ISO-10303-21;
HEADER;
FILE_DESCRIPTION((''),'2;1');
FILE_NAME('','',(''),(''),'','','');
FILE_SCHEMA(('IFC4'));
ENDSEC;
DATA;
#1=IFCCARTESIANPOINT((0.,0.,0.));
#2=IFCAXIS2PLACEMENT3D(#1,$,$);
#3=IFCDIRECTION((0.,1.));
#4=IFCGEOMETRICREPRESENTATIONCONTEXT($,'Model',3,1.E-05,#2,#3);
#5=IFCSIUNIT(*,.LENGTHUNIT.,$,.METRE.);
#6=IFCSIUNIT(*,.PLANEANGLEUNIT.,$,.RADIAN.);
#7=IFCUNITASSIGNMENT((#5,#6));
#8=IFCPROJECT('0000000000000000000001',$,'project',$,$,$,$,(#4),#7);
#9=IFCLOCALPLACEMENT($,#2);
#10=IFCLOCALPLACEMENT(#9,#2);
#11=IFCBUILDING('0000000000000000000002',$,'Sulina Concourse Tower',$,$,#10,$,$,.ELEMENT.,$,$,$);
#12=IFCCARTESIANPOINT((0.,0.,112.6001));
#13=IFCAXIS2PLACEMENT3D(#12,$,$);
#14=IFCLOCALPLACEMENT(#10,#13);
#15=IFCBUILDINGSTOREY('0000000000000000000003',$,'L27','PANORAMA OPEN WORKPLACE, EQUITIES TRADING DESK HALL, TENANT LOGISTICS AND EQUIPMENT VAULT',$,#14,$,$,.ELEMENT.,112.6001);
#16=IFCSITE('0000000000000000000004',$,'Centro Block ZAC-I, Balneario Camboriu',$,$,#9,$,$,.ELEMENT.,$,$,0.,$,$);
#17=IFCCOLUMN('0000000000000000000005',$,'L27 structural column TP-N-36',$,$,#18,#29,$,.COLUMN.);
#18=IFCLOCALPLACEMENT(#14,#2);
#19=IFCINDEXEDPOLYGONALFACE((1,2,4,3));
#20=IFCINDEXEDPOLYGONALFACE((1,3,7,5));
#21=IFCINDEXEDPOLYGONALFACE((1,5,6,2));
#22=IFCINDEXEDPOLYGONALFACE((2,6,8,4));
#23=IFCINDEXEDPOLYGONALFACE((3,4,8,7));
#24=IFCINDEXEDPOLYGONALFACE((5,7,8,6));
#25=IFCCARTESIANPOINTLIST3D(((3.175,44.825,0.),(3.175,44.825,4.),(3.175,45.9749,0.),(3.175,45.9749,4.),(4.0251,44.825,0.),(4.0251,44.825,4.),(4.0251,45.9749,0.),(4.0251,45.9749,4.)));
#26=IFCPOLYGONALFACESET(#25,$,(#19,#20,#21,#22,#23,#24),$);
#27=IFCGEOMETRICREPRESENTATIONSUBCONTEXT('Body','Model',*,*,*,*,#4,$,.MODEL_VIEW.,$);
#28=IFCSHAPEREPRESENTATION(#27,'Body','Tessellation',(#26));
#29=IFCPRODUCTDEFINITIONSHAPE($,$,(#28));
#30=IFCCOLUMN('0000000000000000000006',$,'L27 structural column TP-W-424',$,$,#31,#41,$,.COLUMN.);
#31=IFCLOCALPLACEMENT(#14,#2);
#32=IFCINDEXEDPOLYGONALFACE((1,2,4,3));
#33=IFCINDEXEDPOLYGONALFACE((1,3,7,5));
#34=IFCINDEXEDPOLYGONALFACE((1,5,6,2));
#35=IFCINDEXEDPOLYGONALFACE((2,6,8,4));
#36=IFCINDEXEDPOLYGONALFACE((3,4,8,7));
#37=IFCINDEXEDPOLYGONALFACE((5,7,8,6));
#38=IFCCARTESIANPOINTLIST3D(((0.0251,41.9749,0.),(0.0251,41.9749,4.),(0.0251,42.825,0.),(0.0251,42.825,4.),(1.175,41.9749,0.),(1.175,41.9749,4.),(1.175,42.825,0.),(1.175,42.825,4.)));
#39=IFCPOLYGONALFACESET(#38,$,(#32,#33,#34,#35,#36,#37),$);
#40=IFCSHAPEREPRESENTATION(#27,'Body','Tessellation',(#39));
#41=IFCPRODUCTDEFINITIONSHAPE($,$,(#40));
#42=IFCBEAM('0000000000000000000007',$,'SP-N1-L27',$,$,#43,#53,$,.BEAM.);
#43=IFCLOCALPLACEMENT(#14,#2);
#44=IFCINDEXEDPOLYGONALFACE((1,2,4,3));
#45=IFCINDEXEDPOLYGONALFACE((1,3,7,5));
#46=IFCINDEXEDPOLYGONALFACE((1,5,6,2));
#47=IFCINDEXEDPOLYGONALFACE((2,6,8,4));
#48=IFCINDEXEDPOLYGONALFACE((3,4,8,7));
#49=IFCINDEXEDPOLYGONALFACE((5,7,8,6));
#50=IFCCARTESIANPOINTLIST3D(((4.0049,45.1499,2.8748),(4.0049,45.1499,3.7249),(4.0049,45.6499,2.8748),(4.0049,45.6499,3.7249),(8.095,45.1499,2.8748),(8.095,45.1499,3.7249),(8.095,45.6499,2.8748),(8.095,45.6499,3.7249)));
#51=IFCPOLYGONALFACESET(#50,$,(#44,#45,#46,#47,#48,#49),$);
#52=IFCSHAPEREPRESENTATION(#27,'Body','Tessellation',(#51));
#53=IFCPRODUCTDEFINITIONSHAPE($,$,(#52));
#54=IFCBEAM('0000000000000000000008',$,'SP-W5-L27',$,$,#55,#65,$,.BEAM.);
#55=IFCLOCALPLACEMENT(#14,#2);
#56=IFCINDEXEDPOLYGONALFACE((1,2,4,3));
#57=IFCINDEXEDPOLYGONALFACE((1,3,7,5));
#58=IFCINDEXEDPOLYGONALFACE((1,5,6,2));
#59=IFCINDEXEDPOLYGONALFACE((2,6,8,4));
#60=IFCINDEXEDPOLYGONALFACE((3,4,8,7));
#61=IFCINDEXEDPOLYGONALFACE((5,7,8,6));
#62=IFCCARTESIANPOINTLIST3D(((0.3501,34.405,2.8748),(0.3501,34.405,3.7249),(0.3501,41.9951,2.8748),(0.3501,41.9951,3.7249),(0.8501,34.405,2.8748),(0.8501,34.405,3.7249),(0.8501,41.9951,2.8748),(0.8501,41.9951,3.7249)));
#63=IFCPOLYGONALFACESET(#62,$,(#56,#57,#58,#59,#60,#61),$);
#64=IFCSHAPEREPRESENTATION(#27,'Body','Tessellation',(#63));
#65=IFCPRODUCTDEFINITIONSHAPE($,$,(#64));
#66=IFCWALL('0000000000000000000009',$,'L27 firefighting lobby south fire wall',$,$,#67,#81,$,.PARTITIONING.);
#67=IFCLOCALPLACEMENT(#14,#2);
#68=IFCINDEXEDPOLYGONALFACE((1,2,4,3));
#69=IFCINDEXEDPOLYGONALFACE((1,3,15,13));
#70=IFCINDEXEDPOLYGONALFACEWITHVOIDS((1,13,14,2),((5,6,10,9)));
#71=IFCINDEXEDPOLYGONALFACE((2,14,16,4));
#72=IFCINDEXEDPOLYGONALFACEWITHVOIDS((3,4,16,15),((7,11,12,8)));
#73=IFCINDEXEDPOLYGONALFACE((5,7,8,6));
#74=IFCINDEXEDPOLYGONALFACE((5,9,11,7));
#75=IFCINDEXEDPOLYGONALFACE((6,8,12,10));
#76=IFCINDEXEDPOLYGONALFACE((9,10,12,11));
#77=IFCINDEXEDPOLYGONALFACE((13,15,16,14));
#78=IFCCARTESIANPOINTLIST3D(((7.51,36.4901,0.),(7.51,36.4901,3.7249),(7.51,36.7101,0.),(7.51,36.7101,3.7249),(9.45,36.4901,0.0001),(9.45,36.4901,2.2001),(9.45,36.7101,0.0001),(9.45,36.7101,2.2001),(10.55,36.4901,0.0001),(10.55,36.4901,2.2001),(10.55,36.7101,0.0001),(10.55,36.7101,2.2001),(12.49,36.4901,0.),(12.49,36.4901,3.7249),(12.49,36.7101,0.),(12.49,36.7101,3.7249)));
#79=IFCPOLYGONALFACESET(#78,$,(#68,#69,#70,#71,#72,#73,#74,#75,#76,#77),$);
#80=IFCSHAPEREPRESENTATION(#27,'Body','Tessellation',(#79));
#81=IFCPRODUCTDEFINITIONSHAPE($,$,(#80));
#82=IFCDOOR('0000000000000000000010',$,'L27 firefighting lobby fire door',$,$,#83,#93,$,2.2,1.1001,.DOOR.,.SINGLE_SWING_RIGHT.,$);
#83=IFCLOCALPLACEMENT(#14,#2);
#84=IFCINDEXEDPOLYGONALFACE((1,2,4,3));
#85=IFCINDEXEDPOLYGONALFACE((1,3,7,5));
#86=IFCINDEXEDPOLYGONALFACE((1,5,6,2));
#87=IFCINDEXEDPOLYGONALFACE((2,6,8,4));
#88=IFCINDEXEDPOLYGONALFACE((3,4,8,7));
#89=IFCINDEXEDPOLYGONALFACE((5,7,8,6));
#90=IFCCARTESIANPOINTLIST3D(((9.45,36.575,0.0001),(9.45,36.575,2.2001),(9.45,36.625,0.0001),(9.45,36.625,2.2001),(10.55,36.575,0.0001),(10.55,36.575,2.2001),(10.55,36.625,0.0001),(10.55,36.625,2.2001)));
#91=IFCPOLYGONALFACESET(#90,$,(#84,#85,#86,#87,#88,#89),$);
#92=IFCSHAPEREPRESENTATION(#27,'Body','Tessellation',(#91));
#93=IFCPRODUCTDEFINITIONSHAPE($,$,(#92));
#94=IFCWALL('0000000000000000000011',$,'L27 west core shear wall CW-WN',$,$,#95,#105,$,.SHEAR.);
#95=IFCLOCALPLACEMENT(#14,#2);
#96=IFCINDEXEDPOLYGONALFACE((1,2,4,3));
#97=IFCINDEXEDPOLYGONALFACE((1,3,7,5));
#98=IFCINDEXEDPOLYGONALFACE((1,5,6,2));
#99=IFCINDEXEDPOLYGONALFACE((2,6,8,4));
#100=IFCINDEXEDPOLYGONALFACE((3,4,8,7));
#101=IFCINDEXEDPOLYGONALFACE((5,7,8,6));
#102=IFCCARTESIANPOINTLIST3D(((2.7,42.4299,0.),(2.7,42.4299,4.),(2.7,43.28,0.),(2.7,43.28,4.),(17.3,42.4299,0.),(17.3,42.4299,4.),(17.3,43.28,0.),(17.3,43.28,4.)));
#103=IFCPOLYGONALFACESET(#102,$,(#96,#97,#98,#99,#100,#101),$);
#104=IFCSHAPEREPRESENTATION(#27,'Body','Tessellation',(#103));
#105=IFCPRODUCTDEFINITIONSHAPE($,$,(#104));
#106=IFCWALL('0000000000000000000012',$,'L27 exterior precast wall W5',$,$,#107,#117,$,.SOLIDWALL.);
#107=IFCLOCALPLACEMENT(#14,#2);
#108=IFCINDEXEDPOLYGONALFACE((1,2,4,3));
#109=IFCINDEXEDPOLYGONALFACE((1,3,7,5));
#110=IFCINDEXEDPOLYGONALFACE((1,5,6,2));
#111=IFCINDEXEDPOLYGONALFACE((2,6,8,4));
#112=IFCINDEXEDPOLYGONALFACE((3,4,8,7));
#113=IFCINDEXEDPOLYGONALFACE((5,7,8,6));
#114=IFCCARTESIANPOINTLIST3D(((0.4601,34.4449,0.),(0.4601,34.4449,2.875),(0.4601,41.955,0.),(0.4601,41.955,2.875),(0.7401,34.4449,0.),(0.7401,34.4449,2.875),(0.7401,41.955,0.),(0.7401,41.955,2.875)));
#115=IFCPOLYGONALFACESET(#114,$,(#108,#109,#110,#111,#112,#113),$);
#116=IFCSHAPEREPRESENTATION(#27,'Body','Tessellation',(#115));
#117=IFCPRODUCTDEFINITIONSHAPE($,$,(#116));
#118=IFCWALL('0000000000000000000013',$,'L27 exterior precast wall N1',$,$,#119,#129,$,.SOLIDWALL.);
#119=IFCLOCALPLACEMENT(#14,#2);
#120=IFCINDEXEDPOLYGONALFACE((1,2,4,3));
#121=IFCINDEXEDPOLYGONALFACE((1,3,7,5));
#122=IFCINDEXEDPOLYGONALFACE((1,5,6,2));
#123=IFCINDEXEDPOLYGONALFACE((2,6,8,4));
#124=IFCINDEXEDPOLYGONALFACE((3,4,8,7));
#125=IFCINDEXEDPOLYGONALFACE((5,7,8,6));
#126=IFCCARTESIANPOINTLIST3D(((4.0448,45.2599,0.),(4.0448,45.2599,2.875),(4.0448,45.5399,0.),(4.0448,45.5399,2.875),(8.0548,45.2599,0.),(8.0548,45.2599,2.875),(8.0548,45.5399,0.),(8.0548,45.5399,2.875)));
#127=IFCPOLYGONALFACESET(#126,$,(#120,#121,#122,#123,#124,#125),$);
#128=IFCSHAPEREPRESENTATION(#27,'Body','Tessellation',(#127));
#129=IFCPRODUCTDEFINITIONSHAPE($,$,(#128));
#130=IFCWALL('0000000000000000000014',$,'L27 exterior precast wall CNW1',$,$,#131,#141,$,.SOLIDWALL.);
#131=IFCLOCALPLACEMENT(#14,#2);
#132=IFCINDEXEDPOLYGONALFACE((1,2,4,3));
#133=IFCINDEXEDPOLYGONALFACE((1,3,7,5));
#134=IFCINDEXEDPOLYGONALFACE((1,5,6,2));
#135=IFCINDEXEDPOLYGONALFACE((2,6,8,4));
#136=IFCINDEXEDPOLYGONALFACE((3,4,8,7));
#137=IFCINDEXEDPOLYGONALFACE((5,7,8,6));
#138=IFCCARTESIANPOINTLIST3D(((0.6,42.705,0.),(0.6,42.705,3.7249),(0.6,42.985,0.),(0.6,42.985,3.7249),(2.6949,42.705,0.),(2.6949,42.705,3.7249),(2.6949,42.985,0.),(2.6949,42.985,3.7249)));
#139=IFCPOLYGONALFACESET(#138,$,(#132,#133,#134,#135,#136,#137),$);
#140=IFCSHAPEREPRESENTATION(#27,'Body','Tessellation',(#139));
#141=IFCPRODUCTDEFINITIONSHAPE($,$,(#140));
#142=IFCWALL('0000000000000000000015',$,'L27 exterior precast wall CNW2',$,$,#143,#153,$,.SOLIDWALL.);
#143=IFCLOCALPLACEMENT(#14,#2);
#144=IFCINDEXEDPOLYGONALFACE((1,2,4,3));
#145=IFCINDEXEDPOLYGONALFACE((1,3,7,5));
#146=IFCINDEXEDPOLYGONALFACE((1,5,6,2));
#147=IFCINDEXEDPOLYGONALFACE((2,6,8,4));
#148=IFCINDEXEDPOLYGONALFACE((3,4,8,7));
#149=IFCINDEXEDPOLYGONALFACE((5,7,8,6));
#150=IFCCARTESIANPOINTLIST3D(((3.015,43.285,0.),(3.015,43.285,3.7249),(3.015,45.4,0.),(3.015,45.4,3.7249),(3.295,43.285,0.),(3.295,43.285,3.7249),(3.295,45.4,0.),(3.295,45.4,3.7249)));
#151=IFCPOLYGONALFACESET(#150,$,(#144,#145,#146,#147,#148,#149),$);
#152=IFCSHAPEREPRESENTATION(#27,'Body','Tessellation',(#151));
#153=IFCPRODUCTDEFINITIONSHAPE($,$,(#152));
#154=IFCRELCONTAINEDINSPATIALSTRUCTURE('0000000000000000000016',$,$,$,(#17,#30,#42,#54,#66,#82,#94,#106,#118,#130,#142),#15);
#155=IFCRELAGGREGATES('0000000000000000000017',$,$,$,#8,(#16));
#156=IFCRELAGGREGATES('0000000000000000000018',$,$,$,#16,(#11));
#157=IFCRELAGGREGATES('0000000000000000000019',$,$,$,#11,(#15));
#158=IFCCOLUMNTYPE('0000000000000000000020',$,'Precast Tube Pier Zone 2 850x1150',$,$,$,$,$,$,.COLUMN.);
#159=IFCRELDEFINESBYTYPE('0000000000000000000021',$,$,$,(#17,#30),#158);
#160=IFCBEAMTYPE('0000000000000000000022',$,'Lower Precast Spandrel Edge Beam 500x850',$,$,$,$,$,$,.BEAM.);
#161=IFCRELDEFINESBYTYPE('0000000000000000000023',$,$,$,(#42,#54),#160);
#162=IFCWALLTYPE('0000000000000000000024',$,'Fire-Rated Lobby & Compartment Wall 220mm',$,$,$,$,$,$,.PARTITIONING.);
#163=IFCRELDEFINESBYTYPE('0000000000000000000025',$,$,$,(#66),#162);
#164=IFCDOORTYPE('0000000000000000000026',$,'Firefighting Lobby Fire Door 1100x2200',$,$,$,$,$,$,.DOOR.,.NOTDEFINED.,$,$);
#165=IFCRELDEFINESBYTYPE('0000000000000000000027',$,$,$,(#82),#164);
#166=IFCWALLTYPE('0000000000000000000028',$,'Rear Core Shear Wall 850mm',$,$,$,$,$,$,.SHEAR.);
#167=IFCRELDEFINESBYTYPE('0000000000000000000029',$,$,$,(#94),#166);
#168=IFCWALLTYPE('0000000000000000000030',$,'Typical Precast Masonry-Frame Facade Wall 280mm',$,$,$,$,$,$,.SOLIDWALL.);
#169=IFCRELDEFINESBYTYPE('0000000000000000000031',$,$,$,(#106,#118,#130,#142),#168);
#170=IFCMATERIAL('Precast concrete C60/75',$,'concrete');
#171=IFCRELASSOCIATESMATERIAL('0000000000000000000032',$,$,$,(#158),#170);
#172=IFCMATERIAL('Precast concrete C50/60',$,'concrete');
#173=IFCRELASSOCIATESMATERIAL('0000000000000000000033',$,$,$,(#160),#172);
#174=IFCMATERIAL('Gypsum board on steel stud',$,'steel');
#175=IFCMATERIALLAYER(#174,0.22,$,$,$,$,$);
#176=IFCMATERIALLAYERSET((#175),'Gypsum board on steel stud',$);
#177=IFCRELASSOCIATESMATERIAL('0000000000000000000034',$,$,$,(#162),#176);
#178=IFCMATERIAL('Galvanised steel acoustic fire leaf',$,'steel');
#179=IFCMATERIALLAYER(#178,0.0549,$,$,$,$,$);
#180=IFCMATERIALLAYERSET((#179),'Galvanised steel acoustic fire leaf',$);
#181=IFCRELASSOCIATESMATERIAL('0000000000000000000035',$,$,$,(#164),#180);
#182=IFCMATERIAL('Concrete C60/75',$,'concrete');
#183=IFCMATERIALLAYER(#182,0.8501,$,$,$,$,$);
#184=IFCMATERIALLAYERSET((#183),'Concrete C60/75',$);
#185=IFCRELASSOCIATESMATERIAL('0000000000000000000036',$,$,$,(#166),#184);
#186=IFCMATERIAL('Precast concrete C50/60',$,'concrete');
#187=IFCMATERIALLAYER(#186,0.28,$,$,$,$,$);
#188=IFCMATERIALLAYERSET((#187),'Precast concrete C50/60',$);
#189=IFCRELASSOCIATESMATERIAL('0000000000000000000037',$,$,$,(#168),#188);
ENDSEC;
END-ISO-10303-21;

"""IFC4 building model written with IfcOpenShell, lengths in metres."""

from ifc_helpers import new_model, si_unit, direction, frame, frame_2d, origin, origin_2d, place, context, subcontext, project, spatial, rectangle, extrude, material, layer, layer_set, material_profile, profile_set, type_object, element, fill, save


model = new_model("IFC4")

# Units and contexts
model_context = context("Model", 3, precision=1e-05, world=origin(), true_north=direction((0.0, 1.0)))
body_context = subcontext(model_context, "Body", "Model", "MODEL_VIEW")
ifc_project = project(units=[si_unit("LENGTHUNIT", "METRE"), si_unit("PLANEANGLEUNIT", "RADIAN")], contexts=[model_context])

# Site, building, storey
site_placement = place(None, origin())
site = spatial("IfcSite", under=ifc_project, at=site_placement, Name="Centro Block ZAC-I, Balneario Camboriu", CompositionType="ELEMENT", RefElevation=0.0)
building_placement = place(site_placement, origin())
building = spatial("IfcBuilding", under=site, at=building_placement, Name="Sulina Concourse Tower", CompositionType="ELEMENT")
storey_placement = place(building_placement, frame((0.0, 0.0, 112.6001)))
storey = spatial("IfcBuildingStorey", under=building, at=storey_placement, Name="L27", Description="PANORAMA OPEN WORKPLACE, EQUITIES TRADING DESK HALL, TENANT LOGISTICS AND EQUIPMENT VAULT", CompositionType="ELEMENT", Elevation=112.6001)

# Columns
ifc_material_1 = material(Name="Precast concrete C60/75", Category="concrete")
ifc_material_profile_1 = material_profile(ifc_material_1, rectangle(XDim=0.8501, YDim=1.1499, at=origin_2d()), Name="PC 850x1150")
ifc_profile_set_1 = profile_set([ifc_material_profile_1], Name="Precast concrete C60/75")
column_type = type_object("IfcColumnType", Name="Precast Tube Pier Zone 2 850x1150", PredefinedType="COLUMN", material=ifc_profile_set_1)
for number, where, z_axis, x_axis, name in (
    (1, (3.6001, 45.3999, 0.0), (0.0, 0.0, 1.0), (1.0, 0.0, 0.0), "L27 structural column TP-N-36"),
    (2, (0.6001, 42.3999, 0.0), (0.0, 0.0, 1.0), (0.0, 1.0, 0.0), "L27 structural column TP-W-424"),
):
    element("IfcColumn", number, at=place(storey_placement, frame(where, z_axis=z_axis, x_axis=x_axis)), inside=storey, type_object=column_type, Name=name, PredefinedType="COLUMN", context=body_context, shape_type="SweptSolid", body=[
        extrude(rectangle(XDim=0.8501, YDim=1.1499, at=origin_2d()), origin(), (0.0, 0.0, 1.0), 4.0),
    ])

# Beams
ifc_material_2 = material(Name="Precast concrete C50/60", Category="concrete")
ifc_material_profile_2 = material_profile(ifc_material_2, rectangle(XDim=0.5, YDim=0.8501, at=origin_2d()), Name="RC 500x850")
ifc_profile_set_2 = profile_set([ifc_material_profile_2], Name="Precast concrete C50/60")
beam_type = type_object("IfcBeamType", Name="Lower Precast Spandrel Edge Beam 500x850", PredefinedType="BEAM", material=ifc_profile_set_2)
beam_1_placement = place(storey_placement, frame((4.0049, 45.3999, 3.2998), z_axis=(1.0, 0.0, 0.0), x_axis=(0.0, 1.0, 0.0)))
element("IfcBeam", 3, at=beam_1_placement, inside=storey, type_object=beam_type, Name="SP-N1-L27", PredefinedType="BEAM", context=body_context, shape_type="SweptSolid", body=[
    extrude(rectangle(XDim=0.5, YDim=0.8501, at=origin_2d()), origin(), (0.0, 0.0, 1.0), 4.0901),
])
beam_2_placement = place(storey_placement, frame((0.6001, 34.405, 3.2998), z_axis=(0.0, 1.0, 0.0), x_axis=(-1.0, 0.0, 0.0)))
element("IfcBeam", 4, at=beam_2_placement, inside=storey, type_object=beam_type, Name="SP-W5-L27", PredefinedType="BEAM", context=body_context, shape_type="SweptSolid", body=[
    extrude(rectangle(XDim=0.5, YDim=0.8501, at=origin_2d()), origin(), (0.0, 0.0, 1.0), 7.5901),
])

# Wall, opening, door
ifc_material_3 = material(Name="Gypsum board on steel stud", Category="steel")
ifc_layer_1 = layer(ifc_material_3, 0.22)
ifc_layer_set_1 = layer_set([ifc_layer_1], Name="Gypsum board on steel stud")
wall_type_1 = type_object("IfcWallType", Name="Fire-Rated Lobby & Compartment Wall 220mm", PredefinedType="PARTITIONING", material=ifc_layer_set_1)
wall_1_placement = place(storey_placement, frame((7.51, 36.6001, 0.0), z_axis=(0.0, 0.0, 1.0), x_axis=(1.0, 0.0, 0.0)))
wall_1 = element("IfcWall", 5, at=wall_1_placement, inside=storey, type_object=wall_type_1, Name="L27 firefighting lobby south fire wall", PredefinedType="PARTITIONING", context=body_context, shape_type="SweptSolid", body=[
    extrude(rectangle(XDim=4.98, YDim=0.22, at=frame_2d((2.49, 0.0))), origin(), (0.0, 0.0, 1.0), 3.7249),
])
opening_placement = place(wall_1_placement, frame((1.9399, 0.0, 0.0)))
opening = element("IfcOpeningElement", 6, at=opening_placement, cuts=wall_1, PredefinedType="OPENING", context=body_context, shape_type="SweptSolid", body=[
    extrude(rectangle(XDim=1.1001, YDim=2.2, at=frame_2d((0.55, 1.1001))), frame((0.0, 0.1199, 0.0), z_axis=(0.0, -1.0, 0.0), x_axis=(1.0, 0.0, 0.0)), (0.0, 0.0, 1.0), 0.24),
])
ifc_material_4 = material(Name="Galvanised steel acoustic fire leaf", Category="steel")
ifc_layer_2 = layer(ifc_material_4, 0.0549)
ifc_layer_set_2 = layer_set([ifc_layer_2], Name="Galvanised steel acoustic fire leaf")
door_type = type_object("IfcDoorType", Name="Firefighting Lobby Fire Door 1100x2200", OperationType="NOTDEFINED", PredefinedType="DOOR", material=ifc_layer_set_2)
door_placement = place(opening_placement, origin())
door = element("IfcDoor", 7, at=door_placement, inside=storey, type_object=door_type, Name="L27 firefighting lobby fire door", OperationType="SINGLE_SWING_RIGHT", OverallHeight=2.2, OverallWidth=1.1001, PredefinedType="DOOR", context=body_context, shape_type="SweptSolid", body=[
    extrude(rectangle(XDim=1.1001, YDim=2.2, at=frame_2d((0.55, 1.1001))), frame((0.0, 0.0249, 0.0), z_axis=(0.0, -1.0, 0.0), x_axis=(1.0, 0.0, 0.0)), (0.0, 0.0, 1.0), 0.05),
])
fill(opening, door)

# Walls
ifc_material_5 = material(Name="Concrete C60/75", Category="concrete")
ifc_layer_3 = layer(ifc_material_5, 0.8501)
ifc_layer_set_3 = layer_set([ifc_layer_3], Name="Concrete C60/75")
wall_type_2 = type_object("IfcWallType", Name="Rear Core Shear Wall 850mm", PredefinedType="SHEAR", material=ifc_layer_set_3)
wall_2_placement = place(storey_placement, frame((2.7, 42.855, 0.0), z_axis=(0.0, 0.0, 1.0), x_axis=(1.0, 0.0, 0.0)))
element("IfcWall", 8, at=wall_2_placement, inside=storey, type_object=wall_type_2, Name="L27 west core shear wall CW-WN", PredefinedType="SHEAR", context=body_context, shape_type="SweptSolid", body=[
    extrude(rectangle(XDim=14.6001, YDim=0.8501, at=frame_2d((7.3, 0.0))), origin(), (0.0, 0.0, 1.0), 4.0),
])
ifc_material_6 = material(Name="Precast concrete C50/60", Category="concrete")
ifc_layer_4 = layer(ifc_material_6, 0.28)
ifc_layer_set_4 = layer_set([ifc_layer_4], Name="Precast concrete C50/60")
wall_type_3 = type_object("IfcWallType", Name="Typical Precast Masonry-Frame Facade Wall 280mm", PredefinedType="SOLIDWALL", material=ifc_layer_set_4)
wall_3_placement = place(storey_placement, frame((0.6001, 34.4451, 0.0), z_axis=(0.0, 0.0, 1.0), x_axis=(0.0, 1.0, 0.0)))
element("IfcWall", 9, at=wall_3_placement, inside=storey, type_object=wall_type_3, Name="L27 exterior precast wall W5", PredefinedType="SOLIDWALL", context=body_context, shape_type="SweptSolid", body=[
    extrude(rectangle(XDim=7.51, YDim=0.28, at=frame_2d((3.7549, 0.0))), origin(), (0.0, 0.0, 1.0), 2.875),
])
wall_4_placement = place(storey_placement, frame((4.0449, 45.3999, 0.0), z_axis=(0.0, 0.0, 1.0), x_axis=(1.0, 0.0, 0.0)))
element("IfcWall", 10, at=wall_4_placement, inside=storey, type_object=wall_type_3, Name="L27 exterior precast wall N1", PredefinedType="SOLIDWALL", context=body_context, shape_type="SweptSolid", body=[
    extrude(rectangle(XDim=4.01, YDim=0.28, at=frame_2d((2.0049, 0.0))), origin(), (0.0, 0.0, 1.0), 2.875),
])
wall_5_placement = place(storey_placement, frame((0.6001, 42.845, 0.0), z_axis=(0.0, 0.0, 1.0), x_axis=(1.0, 0.0, 0.0)))
element("IfcWall", 11, at=wall_5_placement, inside=storey, type_object=wall_type_3, Name="L27 exterior precast wall CNW1", PredefinedType="SOLIDWALL", context=body_context, shape_type="SweptSolid", body=[
    extrude(rectangle(XDim=2.095, YDim=0.28, at=frame_2d((1.0474, 0.0))), origin(), (0.0, 0.0, 1.0), 3.7249),
])
wall_6_placement = place(storey_placement, frame((3.155, 43.2849, 0.0), z_axis=(0.0, 0.0, 1.0), x_axis=(0.0, 1.0, 0.0)))
element("IfcWall", 12, at=wall_6_placement, inside=storey, type_object=wall_type_3, Name="L27 exterior precast wall CNW2", PredefinedType="SOLIDWALL", context=body_context, shape_type="SweptSolid", body=[
    extrude(rectangle(XDim=2.115, YDim=0.28, at=frame_2d((1.0576, 0.0))), origin(), (0.0, 0.0, 1.0), 3.7249),
])

save(model, "model.ifc")
